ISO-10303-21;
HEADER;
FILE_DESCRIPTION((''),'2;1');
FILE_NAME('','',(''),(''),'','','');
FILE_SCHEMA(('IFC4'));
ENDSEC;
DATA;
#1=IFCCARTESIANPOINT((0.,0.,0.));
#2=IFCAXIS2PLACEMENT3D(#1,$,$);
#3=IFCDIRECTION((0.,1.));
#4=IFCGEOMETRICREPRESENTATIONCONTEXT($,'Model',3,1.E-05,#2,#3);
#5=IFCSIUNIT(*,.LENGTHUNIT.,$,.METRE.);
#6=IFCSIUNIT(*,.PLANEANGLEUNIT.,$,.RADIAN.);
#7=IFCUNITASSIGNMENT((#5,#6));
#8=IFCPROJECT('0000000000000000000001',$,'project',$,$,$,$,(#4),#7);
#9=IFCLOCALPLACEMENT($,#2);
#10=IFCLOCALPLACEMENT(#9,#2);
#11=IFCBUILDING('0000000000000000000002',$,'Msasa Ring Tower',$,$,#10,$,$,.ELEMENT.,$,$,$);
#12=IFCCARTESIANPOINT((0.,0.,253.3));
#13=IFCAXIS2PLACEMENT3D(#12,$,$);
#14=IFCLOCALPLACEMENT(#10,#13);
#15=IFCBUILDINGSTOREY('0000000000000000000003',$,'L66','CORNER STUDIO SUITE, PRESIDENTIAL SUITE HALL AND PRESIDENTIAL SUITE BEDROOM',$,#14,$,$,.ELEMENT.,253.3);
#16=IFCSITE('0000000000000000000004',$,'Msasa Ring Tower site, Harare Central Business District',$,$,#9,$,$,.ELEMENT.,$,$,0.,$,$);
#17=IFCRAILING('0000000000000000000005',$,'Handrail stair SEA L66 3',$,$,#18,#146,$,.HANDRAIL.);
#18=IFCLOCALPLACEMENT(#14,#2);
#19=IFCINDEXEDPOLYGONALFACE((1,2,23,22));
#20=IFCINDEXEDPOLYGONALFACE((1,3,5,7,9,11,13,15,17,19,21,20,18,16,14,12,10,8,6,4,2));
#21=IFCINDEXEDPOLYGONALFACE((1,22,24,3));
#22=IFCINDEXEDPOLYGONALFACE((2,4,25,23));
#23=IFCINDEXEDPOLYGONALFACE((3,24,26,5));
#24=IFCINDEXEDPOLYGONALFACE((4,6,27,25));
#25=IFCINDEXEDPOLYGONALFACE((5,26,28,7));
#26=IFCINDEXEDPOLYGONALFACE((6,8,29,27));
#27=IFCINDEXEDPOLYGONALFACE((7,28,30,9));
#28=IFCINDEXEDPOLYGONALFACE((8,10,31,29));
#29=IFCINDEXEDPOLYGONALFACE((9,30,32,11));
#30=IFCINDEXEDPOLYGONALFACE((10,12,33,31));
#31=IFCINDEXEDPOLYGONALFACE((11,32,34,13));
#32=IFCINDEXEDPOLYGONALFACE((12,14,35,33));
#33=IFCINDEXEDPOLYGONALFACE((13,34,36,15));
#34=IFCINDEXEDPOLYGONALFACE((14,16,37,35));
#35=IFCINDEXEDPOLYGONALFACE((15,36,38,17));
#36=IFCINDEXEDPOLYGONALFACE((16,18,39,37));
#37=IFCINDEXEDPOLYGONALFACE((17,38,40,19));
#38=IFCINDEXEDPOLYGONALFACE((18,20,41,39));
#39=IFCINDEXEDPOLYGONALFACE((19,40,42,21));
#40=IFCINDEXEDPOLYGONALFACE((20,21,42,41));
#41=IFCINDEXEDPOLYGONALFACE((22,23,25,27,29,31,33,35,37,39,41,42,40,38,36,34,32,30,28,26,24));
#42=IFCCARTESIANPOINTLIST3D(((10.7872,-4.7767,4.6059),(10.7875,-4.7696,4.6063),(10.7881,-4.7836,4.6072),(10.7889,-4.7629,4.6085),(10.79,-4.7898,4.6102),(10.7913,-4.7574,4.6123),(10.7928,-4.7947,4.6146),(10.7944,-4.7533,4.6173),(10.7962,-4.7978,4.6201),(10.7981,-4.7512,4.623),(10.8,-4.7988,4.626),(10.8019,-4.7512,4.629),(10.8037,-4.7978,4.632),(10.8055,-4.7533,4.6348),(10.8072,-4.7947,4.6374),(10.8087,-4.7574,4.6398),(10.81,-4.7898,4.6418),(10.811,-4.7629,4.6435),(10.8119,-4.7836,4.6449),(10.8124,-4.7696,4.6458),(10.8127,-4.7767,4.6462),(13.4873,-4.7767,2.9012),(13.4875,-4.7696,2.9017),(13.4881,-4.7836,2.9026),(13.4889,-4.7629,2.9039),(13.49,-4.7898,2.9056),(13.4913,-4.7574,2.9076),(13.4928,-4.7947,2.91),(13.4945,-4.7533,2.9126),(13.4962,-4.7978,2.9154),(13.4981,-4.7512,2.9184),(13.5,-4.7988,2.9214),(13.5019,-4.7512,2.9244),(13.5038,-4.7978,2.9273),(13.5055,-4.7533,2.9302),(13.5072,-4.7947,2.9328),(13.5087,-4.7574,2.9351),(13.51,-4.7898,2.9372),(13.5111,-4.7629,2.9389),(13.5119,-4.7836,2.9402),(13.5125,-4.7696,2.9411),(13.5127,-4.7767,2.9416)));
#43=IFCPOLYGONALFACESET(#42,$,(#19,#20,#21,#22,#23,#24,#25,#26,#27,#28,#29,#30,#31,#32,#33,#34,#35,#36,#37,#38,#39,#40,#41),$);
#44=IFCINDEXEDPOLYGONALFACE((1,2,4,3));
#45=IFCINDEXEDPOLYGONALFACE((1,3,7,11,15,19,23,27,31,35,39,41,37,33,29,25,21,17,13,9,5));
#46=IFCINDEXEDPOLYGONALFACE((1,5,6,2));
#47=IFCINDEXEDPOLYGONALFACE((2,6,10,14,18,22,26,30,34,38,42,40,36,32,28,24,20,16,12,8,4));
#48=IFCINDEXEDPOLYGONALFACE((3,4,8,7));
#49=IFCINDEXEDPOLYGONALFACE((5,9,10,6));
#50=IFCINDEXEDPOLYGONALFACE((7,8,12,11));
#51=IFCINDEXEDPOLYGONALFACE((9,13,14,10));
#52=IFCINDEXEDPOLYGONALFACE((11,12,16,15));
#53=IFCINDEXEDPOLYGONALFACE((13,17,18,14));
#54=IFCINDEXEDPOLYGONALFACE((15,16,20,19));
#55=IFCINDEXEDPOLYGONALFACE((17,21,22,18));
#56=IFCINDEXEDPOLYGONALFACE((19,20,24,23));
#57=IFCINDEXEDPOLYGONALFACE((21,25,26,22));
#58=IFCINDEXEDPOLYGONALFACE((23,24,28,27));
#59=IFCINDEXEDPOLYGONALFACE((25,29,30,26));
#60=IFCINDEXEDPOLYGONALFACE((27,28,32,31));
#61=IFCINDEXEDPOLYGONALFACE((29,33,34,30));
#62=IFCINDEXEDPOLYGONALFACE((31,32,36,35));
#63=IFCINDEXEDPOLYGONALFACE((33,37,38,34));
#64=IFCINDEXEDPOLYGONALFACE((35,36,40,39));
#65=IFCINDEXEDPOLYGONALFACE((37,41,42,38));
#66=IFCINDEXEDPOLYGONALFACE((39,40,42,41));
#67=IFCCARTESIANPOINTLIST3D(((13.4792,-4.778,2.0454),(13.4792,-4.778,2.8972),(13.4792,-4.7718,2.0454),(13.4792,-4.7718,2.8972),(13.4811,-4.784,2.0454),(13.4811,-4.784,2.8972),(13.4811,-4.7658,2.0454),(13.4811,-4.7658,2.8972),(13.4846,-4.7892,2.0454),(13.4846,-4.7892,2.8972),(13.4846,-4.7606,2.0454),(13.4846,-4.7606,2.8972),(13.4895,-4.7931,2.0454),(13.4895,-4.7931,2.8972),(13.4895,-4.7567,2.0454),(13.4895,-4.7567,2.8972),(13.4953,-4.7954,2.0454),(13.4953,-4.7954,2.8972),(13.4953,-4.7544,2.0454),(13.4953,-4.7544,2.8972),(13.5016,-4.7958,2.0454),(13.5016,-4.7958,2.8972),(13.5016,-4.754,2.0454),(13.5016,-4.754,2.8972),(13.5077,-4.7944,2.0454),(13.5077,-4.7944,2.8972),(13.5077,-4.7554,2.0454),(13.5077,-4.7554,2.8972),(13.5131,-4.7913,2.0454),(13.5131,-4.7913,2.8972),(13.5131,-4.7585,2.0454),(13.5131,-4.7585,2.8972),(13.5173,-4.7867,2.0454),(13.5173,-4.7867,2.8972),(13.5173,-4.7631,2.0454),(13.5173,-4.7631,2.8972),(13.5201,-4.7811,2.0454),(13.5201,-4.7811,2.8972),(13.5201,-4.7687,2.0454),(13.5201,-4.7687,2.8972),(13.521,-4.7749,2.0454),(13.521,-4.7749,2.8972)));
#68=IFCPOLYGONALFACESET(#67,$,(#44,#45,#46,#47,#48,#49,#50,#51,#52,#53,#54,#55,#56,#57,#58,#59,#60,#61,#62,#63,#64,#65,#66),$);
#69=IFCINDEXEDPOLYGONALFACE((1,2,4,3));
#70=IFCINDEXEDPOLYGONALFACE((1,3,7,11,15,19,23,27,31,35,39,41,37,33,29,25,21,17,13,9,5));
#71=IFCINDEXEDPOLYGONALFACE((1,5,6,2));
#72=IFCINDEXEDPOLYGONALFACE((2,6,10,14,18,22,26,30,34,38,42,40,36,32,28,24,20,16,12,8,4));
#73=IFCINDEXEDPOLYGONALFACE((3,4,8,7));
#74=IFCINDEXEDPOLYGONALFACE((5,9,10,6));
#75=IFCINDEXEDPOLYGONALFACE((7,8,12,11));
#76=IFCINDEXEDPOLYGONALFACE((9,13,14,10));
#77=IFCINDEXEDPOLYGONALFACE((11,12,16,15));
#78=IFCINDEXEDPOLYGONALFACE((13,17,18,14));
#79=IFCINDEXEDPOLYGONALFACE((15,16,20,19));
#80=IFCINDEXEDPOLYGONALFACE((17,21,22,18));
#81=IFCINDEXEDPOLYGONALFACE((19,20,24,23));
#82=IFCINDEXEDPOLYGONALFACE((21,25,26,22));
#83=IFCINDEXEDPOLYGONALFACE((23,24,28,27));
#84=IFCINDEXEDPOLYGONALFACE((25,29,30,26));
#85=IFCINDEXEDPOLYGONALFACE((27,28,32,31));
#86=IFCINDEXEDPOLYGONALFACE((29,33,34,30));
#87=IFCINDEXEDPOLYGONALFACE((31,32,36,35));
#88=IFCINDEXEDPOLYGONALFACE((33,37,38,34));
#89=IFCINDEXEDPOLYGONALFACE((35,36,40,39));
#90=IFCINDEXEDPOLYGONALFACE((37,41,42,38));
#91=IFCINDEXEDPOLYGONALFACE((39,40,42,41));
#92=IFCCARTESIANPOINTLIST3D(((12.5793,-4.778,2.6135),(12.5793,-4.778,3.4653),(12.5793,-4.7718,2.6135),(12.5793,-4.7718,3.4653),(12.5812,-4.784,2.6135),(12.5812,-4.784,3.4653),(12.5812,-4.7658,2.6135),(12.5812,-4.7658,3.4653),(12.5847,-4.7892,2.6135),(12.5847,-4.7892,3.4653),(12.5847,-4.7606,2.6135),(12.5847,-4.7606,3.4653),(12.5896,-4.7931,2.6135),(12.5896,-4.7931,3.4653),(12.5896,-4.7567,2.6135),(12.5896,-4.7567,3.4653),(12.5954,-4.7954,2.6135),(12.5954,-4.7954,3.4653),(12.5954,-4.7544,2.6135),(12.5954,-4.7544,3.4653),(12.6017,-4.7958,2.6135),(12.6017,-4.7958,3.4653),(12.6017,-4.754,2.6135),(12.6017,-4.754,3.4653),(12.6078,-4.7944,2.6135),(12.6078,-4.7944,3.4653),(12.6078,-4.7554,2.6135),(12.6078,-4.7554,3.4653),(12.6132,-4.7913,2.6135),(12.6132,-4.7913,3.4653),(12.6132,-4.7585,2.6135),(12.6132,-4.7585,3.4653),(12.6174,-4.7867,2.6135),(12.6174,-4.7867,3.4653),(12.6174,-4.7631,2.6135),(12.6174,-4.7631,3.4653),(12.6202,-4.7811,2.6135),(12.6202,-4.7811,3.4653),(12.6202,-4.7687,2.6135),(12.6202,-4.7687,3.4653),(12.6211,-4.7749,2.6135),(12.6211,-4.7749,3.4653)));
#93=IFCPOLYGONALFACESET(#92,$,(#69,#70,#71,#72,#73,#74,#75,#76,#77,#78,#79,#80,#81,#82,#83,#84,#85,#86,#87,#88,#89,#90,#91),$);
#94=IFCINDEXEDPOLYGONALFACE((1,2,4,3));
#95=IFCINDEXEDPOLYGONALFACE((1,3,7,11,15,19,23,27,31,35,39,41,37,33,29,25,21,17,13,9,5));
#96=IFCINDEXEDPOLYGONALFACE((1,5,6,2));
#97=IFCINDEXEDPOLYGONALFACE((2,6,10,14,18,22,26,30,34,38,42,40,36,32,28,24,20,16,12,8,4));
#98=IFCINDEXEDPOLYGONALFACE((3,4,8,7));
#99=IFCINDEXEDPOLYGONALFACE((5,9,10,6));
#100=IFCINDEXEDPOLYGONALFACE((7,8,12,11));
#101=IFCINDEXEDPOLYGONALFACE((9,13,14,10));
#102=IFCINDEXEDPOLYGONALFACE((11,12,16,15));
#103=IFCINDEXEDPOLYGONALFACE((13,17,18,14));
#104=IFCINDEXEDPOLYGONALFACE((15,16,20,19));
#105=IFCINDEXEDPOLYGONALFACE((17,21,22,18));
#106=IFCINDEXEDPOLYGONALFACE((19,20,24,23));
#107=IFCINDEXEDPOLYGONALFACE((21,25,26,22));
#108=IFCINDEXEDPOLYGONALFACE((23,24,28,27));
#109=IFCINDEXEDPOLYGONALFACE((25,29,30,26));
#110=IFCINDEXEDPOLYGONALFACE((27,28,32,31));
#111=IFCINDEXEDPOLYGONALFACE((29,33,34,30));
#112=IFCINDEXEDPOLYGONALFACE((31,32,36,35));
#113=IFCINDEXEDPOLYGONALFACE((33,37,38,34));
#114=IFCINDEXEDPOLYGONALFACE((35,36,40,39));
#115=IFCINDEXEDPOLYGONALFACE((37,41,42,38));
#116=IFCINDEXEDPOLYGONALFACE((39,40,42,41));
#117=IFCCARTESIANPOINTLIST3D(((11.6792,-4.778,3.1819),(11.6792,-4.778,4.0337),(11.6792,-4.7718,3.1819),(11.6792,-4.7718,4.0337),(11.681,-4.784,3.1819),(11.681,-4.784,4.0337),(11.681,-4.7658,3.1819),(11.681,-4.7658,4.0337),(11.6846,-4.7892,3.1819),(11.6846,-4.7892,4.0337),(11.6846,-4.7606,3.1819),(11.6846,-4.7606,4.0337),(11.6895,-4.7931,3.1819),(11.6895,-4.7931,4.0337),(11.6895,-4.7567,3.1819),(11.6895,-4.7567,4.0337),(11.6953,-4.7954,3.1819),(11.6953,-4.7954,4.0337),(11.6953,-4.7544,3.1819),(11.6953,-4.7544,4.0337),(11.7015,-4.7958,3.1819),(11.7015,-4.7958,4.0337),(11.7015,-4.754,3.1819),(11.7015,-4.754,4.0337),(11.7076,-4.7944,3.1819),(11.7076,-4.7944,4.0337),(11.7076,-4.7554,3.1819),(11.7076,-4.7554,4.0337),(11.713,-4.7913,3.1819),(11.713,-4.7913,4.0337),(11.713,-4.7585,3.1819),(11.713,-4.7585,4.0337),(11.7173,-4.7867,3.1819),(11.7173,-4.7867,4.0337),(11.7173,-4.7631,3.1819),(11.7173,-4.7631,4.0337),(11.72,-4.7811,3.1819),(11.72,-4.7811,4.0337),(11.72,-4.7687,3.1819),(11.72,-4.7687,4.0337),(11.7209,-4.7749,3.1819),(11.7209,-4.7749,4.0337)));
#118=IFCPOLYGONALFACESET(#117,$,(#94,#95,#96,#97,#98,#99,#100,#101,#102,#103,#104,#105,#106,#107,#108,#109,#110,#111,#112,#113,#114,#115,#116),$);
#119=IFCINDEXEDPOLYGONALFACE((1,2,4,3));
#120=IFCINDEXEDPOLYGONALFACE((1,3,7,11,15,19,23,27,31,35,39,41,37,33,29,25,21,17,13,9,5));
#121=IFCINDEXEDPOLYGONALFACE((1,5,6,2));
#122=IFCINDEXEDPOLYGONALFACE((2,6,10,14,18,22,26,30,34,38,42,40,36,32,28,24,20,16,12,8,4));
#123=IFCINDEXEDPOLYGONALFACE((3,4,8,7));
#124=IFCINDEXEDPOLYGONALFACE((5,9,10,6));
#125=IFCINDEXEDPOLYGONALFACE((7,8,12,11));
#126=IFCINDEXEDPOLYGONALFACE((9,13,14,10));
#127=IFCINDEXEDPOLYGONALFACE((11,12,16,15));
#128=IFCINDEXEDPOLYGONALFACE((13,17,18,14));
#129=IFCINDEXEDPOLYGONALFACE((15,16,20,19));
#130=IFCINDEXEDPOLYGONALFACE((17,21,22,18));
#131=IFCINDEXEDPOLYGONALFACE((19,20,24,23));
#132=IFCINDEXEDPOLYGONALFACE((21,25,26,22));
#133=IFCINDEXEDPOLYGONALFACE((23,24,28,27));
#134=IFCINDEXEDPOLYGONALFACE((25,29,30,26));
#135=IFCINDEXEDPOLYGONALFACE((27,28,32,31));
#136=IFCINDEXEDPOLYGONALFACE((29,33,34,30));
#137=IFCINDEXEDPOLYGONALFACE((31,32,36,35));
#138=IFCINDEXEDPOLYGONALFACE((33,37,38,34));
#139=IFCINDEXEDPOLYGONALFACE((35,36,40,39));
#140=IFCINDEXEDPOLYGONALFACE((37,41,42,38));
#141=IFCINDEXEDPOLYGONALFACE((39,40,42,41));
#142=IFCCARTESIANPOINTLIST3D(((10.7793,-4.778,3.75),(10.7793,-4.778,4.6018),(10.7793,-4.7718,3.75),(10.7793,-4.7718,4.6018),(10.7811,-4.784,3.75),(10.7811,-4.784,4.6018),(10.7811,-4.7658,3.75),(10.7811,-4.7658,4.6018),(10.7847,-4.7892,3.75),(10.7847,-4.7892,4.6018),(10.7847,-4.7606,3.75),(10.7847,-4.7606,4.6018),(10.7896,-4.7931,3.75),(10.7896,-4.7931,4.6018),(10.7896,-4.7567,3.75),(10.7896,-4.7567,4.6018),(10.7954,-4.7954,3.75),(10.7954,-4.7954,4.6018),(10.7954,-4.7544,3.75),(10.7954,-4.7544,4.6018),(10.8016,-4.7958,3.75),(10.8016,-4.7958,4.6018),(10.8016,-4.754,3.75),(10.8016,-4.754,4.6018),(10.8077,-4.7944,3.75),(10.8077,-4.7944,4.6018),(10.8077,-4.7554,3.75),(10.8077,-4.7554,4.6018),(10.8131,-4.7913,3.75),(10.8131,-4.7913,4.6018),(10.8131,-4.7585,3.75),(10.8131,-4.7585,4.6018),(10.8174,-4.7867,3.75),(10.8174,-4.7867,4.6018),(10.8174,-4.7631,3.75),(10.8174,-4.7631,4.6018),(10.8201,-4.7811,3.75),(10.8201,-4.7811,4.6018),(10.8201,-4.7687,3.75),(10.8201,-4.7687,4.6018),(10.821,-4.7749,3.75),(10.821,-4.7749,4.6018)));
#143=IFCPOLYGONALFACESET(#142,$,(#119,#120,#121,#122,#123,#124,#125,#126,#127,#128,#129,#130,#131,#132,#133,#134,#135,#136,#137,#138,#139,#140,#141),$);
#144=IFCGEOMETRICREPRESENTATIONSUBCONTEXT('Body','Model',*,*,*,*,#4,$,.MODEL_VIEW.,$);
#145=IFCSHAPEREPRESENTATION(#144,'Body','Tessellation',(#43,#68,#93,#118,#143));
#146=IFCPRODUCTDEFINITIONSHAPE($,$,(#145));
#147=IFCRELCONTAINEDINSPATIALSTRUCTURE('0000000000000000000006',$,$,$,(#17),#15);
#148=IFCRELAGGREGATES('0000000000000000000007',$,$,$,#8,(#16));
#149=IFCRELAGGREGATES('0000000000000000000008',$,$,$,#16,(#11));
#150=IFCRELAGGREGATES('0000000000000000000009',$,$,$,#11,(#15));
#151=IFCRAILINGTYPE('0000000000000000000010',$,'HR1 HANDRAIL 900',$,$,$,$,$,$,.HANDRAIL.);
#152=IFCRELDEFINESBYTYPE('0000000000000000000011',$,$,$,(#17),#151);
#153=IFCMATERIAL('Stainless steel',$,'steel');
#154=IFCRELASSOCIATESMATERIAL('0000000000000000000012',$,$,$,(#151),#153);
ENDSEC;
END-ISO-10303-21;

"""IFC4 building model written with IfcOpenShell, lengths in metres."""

from ifc_helpers import new_model, si_unit, direction, frame, origin, origin_2d, place, context, subcontext, project, spatial, circle, extrude, material, type_object, element, save


model = new_model("IFC4")

# Units and contexts
model_context = context("Model", 3, precision=1e-05, world=origin(), true_north=direction((0.0, 1.0)))
body_context = subcontext(model_context, "Body", "Model", "MODEL_VIEW")
ifc_project = project(units=[si_unit("LENGTHUNIT", "METRE"), si_unit("PLANEANGLEUNIT", "RADIAN")], contexts=[model_context])

# Site, building, storey
site_placement = place(None, origin())
site = spatial("IfcSite", under=ifc_project, at=site_placement, Name="Msasa Ring Tower site, Harare Central Business District", CompositionType="ELEMENT", RefElevation=0.0)
building_placement = place(site_placement, origin())
building = spatial("IfcBuilding", under=site, at=building_placement, Name="Msasa Ring Tower", CompositionType="ELEMENT")
storey_placement = place(building_placement, frame((0.0, 0.0, 253.3)))
storey = spatial("IfcBuildingStorey", under=building, at=storey_placement, Name="L66", Description="CORNER STUDIO SUITE, PRESIDENTIAL SUITE HALL AND PRESIDENTIAL SUITE BEDROOM", CompositionType="ELEMENT", Elevation=253.3)

# Railing
ifc_material_1 = material(Name="Stainless steel", Category="steel")
railing_type = type_object("IfcRailingType", Name="HR1 HANDRAIL 900", PredefinedType="HANDRAIL", material=ifc_material_1)
for number, where, name in (
    (1, (13.5, -4.7749, 2.0454), "Handrail stair SEA L66 3"),
):
    element("IfcRailing", number, at=place(storey_placement, frame(where)), inside=storey, type_object=railing_type, Name=name, PredefinedType="HANDRAIL", context=body_context, shape_type="SweptSolid", body=[
        extrude(circle(Radius=0.0239, at=origin_2d()), frame((0.0, 0.0, 0.876), z_axis=(-0.84558, 0.0, 0.533849), x_axis=(0.0, -1.0, 0.0)), (0.0, 0.0, 1.0), 3.1931),
        extrude(circle(Radius=0.021, at=origin_2d()), origin(), (0.0, 0.0, 1.0), 0.8518),
        extrude(circle(Radius=0.021, at=origin_2d()), frame((-0.8999, 0.0, 0.5681)), (0.0, 0.0, 1.0), 0.8518),
        extrude(circle(Radius=0.021, at=origin_2d()), frame((-1.8, 0.0, 1.1365)), (0.0, 0.0, 1.0), 0.8518),
        extrude(circle(Radius=0.021, at=origin_2d()), frame((-2.7, 0.0, 1.7046)), (0.0, 0.0, 1.0), 0.8518),
    ])

save(model, "model.ifc")
